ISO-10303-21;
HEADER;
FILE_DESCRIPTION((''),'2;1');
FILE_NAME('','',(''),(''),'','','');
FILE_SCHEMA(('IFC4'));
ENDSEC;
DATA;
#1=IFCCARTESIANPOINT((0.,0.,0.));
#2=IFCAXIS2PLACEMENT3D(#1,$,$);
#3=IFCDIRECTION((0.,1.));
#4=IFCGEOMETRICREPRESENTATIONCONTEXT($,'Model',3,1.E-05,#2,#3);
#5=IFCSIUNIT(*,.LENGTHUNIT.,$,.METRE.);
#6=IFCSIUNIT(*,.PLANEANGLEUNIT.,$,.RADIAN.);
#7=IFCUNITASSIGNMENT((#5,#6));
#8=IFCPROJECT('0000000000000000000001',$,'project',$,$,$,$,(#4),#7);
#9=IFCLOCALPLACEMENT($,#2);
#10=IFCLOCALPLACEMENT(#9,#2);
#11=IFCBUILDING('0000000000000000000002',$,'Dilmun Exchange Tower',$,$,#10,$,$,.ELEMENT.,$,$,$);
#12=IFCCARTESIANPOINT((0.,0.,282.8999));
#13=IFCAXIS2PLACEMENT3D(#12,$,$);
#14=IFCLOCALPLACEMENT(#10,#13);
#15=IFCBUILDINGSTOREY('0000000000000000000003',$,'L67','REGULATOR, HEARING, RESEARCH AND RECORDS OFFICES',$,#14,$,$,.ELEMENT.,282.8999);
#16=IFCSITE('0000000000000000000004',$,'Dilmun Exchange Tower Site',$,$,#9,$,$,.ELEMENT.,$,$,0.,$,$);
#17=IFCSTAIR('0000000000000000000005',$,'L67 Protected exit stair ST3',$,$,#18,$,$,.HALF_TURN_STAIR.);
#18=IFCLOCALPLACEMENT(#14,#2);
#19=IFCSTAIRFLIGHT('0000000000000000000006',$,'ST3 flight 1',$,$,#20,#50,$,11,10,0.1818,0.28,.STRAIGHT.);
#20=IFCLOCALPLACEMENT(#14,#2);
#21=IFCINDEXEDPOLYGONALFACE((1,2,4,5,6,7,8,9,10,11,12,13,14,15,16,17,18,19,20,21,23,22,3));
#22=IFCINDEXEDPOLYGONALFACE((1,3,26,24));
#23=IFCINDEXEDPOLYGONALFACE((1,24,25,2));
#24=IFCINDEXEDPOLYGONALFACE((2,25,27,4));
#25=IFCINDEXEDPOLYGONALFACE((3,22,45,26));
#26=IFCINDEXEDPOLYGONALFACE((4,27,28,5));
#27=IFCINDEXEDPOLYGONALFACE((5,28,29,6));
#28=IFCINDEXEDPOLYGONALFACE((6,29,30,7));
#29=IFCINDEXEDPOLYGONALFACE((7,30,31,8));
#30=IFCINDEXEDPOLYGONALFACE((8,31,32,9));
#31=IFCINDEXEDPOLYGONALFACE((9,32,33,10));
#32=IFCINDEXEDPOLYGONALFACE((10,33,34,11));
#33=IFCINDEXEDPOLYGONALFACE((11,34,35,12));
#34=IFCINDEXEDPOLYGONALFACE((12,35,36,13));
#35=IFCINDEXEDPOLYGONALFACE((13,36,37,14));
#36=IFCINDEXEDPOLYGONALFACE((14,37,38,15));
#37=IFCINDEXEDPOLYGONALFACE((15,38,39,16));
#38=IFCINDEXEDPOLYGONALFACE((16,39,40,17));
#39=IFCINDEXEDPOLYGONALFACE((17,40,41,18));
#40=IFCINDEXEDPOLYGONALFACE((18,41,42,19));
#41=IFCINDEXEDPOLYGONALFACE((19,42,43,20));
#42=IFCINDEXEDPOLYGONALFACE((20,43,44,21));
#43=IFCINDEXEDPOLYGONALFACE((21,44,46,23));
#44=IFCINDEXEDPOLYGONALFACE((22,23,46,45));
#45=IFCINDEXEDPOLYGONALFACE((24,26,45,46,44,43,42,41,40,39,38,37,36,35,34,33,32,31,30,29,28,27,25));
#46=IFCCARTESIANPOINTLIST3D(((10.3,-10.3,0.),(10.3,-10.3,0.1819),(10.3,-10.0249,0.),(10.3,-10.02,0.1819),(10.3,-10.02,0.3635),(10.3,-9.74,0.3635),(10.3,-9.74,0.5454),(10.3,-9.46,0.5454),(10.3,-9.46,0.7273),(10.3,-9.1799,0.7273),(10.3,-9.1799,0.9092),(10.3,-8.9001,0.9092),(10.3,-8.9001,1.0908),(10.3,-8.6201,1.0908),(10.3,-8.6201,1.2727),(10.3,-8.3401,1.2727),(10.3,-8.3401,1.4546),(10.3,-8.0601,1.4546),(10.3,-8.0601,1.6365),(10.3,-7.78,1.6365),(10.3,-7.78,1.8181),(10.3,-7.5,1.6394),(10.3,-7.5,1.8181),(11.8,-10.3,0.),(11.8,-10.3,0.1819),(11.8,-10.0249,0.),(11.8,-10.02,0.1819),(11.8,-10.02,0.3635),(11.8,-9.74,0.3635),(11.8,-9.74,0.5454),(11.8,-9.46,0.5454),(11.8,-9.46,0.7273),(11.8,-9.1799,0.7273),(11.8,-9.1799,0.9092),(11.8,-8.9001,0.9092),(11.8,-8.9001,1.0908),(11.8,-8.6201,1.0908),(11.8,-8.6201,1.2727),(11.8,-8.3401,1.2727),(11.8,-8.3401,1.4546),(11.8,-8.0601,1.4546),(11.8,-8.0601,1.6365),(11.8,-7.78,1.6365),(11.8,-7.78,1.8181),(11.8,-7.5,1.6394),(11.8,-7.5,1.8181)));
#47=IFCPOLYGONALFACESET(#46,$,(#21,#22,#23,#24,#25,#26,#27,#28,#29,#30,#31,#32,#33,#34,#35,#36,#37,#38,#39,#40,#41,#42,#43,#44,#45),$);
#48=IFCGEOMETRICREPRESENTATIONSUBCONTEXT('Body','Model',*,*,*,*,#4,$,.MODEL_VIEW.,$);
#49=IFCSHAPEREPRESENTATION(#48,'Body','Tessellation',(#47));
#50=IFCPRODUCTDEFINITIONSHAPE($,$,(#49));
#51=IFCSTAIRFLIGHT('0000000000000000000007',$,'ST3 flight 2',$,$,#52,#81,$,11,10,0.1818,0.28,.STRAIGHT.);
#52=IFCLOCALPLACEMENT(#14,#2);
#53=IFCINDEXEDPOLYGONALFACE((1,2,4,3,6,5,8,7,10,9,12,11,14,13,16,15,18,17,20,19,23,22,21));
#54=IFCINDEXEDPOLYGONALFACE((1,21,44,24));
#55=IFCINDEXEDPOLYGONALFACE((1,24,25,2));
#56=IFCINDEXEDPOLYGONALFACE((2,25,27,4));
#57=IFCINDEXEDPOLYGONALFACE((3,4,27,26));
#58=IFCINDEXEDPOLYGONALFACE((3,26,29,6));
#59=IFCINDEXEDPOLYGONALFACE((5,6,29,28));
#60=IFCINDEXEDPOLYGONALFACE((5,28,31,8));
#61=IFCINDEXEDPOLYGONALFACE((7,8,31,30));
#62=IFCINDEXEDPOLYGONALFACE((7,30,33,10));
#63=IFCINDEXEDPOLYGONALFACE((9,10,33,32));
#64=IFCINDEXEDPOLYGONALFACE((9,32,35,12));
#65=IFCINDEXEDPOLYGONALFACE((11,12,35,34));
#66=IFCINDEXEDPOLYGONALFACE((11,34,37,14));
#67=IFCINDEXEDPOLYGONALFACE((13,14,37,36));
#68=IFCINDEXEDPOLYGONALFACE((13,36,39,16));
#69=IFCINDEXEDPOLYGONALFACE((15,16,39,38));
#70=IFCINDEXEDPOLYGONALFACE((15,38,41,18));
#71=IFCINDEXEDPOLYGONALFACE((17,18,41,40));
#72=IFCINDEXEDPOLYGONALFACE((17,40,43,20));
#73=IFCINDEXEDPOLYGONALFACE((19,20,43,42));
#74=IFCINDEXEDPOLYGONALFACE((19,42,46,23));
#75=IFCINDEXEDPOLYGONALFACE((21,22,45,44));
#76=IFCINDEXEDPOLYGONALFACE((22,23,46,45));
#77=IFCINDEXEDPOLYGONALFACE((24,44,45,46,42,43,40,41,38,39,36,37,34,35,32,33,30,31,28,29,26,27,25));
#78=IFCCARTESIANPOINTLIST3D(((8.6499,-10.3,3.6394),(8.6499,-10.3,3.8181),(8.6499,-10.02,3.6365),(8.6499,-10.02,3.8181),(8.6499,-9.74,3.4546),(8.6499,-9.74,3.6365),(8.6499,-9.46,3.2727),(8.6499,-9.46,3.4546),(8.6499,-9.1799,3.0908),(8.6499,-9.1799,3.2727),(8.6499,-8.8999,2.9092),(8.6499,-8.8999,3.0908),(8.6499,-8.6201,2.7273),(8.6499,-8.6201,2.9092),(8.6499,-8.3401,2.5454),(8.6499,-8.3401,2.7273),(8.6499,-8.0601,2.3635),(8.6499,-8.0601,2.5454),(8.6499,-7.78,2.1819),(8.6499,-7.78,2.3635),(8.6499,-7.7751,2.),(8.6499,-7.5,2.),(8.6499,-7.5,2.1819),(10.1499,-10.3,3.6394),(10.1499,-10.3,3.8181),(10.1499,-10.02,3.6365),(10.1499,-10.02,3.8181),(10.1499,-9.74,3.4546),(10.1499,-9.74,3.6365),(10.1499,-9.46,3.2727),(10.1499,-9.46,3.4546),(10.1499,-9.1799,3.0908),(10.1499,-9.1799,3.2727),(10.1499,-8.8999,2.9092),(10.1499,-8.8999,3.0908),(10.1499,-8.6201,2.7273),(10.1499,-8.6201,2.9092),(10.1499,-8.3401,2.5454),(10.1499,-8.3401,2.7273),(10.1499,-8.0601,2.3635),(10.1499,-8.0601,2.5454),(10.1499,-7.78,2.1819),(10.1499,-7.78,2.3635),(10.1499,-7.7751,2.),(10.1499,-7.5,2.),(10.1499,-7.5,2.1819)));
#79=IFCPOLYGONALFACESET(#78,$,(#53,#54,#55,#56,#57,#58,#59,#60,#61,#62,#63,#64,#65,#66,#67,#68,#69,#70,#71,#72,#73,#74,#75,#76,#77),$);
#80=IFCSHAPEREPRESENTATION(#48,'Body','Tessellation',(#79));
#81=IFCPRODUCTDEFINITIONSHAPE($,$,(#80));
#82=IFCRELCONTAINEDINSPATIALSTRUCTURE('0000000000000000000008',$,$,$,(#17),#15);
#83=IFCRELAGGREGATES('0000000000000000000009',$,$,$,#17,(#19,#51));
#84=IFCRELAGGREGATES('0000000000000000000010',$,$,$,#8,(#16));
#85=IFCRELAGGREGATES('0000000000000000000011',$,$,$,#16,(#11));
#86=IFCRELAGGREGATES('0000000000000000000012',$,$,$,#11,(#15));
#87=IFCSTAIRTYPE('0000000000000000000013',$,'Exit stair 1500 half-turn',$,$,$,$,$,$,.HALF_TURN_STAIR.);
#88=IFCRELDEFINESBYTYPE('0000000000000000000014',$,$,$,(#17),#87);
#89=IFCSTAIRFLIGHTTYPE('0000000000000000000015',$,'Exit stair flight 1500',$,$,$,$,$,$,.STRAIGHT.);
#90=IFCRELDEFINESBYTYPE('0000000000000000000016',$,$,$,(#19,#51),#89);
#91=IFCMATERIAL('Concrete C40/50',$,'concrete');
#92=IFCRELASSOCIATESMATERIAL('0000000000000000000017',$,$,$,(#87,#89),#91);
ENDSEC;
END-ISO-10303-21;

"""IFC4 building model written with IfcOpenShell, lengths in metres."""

from ifc_helpers import new_model, si_unit, direction, frame, origin, place, context, subcontext, project, spatial, polyline, outline, extrude, material, type_object, element, aggregate, save


model = new_model("IFC4")

# Units and contexts
model_context = context("Model", 3, precision=1e-05, world=origin(), true_north=direction((0.0, 1.0)))
body_context = subcontext(model_context, "Body", "Model", "MODEL_VIEW")
ifc_project = project(units=[si_unit("LENGTHUNIT", "METRE"), si_unit("PLANEANGLEUNIT", "RADIAN")], contexts=[model_context])

# Site, building, storey
site_placement = place(None, origin())
site = spatial("IfcSite", under=ifc_project, at=site_placement, Name="Dilmun Exchange Tower Site", CompositionType="ELEMENT", RefElevation=0.0)
building_placement = place(site_placement, origin())
building = spatial("IfcBuilding", under=site, at=building_placement, Name="Dilmun Exchange Tower", CompositionType="ELEMENT")
storey_placement = place(building_placement, frame((0.0, 0.0, 282.8999)))
storey = spatial("IfcBuildingStorey", under=building, at=storey_placement, Name="L67", Description="REGULATOR, HEARING, RESEARCH AND RECORDS OFFICES", CompositionType="ELEMENT", Elevation=282.8999)

# Shared definitions
ifc_material_1 = material(Name="Concrete C40/50", Category="concrete")

# Stair, stair flights
stair_type = type_object("IfcStairType", Name="Exit stair 1500 half-turn", PredefinedType="HALF_TURN_STAIR", material=ifc_material_1)
stair_placement = place(storey_placement, origin())
stair = element("IfcStair", 1, at=stair_placement, inside=storey, type_object=stair_type, Name="L67 Protected exit stair ST3", PredefinedType="HALF_TURN_STAIR")
stair_flight_type = type_object("IfcStairFlightType", Name="Exit stair flight 1500", PredefinedType="STRAIGHT", material=ifc_material_1)
stair_flight_1_placement = place(storey_placement, frame((11.05, -10.3, 0.0), z_axis=(0.0, 0.0, 1.0), x_axis=(0.0, 1.0, 0.0)))
stair_flight_1 = element("IfcStairFlight", 2, at=stair_flight_1_placement, type_object=stair_flight_type, Name="ST3 flight 1", NumberOfRisers=11, NumberOfTreads=10, PredefinedType="STRAIGHT", RiserHeight=0.1818, TreadLength=0.28, context=body_context, shape_type="SweptSolid", body=[
    extrude(outline(polyline([(0.0, 0.0), (0.0, 0.1819), (0.28, 0.1819), (0.28, 0.3635), (0.5601, 0.3635), (0.5601, 0.5454), (0.8401, 0.5454), (0.8401, 0.7273), (1.1201, 0.7273), (1.1201, 0.9092), (1.3999, 0.9092), (1.3999, 1.0908), (1.6799, 1.0908), (1.6799, 1.2727), (1.96, 1.2727), (1.96, 1.4546), (2.24, 1.4546), (2.24, 1.6365), (2.52, 1.6365), (2.52, 1.8181), (2.8, 1.8181), (2.8, 2.0), (2.8, 1.6394), (0.2751, 0.0), (0.0, 0.0)])), frame((0.0, 0.75, 0.0), z_axis=(0.0, -1.0, 0.0), x_axis=(1.0, 0.0, 0.0)), (0.0, 0.0, 1.0), 1.5),
])
stair_flight_2_placement = place(storey_placement, frame((9.3999, -7.5, 2.0), z_axis=(0.0, 0.0, 1.0), x_axis=(0.0, -1.0, 0.0)))
stair_flight_2 = element("IfcStairFlight", 3, at=stair_flight_2_placement, type_object=stair_flight_type, Name="ST3 flight 2", NumberOfRisers=11, NumberOfTreads=10, PredefinedType="STRAIGHT", RiserHeight=0.1818, TreadLength=0.28, context=body_context, shape_type="SweptSolid", body=[
    extrude(outline(polyline([(0.0, 0.0), (0.0, 0.1819), (0.28, 0.1819), (0.28, 0.3635), (0.5601, 0.3635), (0.5601, 0.5454), (0.8401, 0.5454), (0.8401, 0.7273), (1.1201, 0.7273), (1.1201, 0.9092), (1.3999, 0.9092), (1.3999, 1.0908), (1.6799, 1.0908), (1.6799, 1.2727), (1.96, 1.2727), (1.96, 1.4546), (2.24, 1.4546), (2.24, 1.6365), (2.52, 1.6365), (2.52, 1.8181), (2.8, 1.8181), (2.8, 2.0), (2.8, 1.6394), (0.2751, 0.0), (0.0, 0.0)])), frame((0.0, 0.75, 0.0), z_axis=(0.0, -1.0, 0.0), x_axis=(1.0, 0.0, 0.0)), (0.0, 0.0, 1.0), 1.5),
])
aggregate(stair, [stair_flight_1, stair_flight_2])

save(model, "model.ifc")
